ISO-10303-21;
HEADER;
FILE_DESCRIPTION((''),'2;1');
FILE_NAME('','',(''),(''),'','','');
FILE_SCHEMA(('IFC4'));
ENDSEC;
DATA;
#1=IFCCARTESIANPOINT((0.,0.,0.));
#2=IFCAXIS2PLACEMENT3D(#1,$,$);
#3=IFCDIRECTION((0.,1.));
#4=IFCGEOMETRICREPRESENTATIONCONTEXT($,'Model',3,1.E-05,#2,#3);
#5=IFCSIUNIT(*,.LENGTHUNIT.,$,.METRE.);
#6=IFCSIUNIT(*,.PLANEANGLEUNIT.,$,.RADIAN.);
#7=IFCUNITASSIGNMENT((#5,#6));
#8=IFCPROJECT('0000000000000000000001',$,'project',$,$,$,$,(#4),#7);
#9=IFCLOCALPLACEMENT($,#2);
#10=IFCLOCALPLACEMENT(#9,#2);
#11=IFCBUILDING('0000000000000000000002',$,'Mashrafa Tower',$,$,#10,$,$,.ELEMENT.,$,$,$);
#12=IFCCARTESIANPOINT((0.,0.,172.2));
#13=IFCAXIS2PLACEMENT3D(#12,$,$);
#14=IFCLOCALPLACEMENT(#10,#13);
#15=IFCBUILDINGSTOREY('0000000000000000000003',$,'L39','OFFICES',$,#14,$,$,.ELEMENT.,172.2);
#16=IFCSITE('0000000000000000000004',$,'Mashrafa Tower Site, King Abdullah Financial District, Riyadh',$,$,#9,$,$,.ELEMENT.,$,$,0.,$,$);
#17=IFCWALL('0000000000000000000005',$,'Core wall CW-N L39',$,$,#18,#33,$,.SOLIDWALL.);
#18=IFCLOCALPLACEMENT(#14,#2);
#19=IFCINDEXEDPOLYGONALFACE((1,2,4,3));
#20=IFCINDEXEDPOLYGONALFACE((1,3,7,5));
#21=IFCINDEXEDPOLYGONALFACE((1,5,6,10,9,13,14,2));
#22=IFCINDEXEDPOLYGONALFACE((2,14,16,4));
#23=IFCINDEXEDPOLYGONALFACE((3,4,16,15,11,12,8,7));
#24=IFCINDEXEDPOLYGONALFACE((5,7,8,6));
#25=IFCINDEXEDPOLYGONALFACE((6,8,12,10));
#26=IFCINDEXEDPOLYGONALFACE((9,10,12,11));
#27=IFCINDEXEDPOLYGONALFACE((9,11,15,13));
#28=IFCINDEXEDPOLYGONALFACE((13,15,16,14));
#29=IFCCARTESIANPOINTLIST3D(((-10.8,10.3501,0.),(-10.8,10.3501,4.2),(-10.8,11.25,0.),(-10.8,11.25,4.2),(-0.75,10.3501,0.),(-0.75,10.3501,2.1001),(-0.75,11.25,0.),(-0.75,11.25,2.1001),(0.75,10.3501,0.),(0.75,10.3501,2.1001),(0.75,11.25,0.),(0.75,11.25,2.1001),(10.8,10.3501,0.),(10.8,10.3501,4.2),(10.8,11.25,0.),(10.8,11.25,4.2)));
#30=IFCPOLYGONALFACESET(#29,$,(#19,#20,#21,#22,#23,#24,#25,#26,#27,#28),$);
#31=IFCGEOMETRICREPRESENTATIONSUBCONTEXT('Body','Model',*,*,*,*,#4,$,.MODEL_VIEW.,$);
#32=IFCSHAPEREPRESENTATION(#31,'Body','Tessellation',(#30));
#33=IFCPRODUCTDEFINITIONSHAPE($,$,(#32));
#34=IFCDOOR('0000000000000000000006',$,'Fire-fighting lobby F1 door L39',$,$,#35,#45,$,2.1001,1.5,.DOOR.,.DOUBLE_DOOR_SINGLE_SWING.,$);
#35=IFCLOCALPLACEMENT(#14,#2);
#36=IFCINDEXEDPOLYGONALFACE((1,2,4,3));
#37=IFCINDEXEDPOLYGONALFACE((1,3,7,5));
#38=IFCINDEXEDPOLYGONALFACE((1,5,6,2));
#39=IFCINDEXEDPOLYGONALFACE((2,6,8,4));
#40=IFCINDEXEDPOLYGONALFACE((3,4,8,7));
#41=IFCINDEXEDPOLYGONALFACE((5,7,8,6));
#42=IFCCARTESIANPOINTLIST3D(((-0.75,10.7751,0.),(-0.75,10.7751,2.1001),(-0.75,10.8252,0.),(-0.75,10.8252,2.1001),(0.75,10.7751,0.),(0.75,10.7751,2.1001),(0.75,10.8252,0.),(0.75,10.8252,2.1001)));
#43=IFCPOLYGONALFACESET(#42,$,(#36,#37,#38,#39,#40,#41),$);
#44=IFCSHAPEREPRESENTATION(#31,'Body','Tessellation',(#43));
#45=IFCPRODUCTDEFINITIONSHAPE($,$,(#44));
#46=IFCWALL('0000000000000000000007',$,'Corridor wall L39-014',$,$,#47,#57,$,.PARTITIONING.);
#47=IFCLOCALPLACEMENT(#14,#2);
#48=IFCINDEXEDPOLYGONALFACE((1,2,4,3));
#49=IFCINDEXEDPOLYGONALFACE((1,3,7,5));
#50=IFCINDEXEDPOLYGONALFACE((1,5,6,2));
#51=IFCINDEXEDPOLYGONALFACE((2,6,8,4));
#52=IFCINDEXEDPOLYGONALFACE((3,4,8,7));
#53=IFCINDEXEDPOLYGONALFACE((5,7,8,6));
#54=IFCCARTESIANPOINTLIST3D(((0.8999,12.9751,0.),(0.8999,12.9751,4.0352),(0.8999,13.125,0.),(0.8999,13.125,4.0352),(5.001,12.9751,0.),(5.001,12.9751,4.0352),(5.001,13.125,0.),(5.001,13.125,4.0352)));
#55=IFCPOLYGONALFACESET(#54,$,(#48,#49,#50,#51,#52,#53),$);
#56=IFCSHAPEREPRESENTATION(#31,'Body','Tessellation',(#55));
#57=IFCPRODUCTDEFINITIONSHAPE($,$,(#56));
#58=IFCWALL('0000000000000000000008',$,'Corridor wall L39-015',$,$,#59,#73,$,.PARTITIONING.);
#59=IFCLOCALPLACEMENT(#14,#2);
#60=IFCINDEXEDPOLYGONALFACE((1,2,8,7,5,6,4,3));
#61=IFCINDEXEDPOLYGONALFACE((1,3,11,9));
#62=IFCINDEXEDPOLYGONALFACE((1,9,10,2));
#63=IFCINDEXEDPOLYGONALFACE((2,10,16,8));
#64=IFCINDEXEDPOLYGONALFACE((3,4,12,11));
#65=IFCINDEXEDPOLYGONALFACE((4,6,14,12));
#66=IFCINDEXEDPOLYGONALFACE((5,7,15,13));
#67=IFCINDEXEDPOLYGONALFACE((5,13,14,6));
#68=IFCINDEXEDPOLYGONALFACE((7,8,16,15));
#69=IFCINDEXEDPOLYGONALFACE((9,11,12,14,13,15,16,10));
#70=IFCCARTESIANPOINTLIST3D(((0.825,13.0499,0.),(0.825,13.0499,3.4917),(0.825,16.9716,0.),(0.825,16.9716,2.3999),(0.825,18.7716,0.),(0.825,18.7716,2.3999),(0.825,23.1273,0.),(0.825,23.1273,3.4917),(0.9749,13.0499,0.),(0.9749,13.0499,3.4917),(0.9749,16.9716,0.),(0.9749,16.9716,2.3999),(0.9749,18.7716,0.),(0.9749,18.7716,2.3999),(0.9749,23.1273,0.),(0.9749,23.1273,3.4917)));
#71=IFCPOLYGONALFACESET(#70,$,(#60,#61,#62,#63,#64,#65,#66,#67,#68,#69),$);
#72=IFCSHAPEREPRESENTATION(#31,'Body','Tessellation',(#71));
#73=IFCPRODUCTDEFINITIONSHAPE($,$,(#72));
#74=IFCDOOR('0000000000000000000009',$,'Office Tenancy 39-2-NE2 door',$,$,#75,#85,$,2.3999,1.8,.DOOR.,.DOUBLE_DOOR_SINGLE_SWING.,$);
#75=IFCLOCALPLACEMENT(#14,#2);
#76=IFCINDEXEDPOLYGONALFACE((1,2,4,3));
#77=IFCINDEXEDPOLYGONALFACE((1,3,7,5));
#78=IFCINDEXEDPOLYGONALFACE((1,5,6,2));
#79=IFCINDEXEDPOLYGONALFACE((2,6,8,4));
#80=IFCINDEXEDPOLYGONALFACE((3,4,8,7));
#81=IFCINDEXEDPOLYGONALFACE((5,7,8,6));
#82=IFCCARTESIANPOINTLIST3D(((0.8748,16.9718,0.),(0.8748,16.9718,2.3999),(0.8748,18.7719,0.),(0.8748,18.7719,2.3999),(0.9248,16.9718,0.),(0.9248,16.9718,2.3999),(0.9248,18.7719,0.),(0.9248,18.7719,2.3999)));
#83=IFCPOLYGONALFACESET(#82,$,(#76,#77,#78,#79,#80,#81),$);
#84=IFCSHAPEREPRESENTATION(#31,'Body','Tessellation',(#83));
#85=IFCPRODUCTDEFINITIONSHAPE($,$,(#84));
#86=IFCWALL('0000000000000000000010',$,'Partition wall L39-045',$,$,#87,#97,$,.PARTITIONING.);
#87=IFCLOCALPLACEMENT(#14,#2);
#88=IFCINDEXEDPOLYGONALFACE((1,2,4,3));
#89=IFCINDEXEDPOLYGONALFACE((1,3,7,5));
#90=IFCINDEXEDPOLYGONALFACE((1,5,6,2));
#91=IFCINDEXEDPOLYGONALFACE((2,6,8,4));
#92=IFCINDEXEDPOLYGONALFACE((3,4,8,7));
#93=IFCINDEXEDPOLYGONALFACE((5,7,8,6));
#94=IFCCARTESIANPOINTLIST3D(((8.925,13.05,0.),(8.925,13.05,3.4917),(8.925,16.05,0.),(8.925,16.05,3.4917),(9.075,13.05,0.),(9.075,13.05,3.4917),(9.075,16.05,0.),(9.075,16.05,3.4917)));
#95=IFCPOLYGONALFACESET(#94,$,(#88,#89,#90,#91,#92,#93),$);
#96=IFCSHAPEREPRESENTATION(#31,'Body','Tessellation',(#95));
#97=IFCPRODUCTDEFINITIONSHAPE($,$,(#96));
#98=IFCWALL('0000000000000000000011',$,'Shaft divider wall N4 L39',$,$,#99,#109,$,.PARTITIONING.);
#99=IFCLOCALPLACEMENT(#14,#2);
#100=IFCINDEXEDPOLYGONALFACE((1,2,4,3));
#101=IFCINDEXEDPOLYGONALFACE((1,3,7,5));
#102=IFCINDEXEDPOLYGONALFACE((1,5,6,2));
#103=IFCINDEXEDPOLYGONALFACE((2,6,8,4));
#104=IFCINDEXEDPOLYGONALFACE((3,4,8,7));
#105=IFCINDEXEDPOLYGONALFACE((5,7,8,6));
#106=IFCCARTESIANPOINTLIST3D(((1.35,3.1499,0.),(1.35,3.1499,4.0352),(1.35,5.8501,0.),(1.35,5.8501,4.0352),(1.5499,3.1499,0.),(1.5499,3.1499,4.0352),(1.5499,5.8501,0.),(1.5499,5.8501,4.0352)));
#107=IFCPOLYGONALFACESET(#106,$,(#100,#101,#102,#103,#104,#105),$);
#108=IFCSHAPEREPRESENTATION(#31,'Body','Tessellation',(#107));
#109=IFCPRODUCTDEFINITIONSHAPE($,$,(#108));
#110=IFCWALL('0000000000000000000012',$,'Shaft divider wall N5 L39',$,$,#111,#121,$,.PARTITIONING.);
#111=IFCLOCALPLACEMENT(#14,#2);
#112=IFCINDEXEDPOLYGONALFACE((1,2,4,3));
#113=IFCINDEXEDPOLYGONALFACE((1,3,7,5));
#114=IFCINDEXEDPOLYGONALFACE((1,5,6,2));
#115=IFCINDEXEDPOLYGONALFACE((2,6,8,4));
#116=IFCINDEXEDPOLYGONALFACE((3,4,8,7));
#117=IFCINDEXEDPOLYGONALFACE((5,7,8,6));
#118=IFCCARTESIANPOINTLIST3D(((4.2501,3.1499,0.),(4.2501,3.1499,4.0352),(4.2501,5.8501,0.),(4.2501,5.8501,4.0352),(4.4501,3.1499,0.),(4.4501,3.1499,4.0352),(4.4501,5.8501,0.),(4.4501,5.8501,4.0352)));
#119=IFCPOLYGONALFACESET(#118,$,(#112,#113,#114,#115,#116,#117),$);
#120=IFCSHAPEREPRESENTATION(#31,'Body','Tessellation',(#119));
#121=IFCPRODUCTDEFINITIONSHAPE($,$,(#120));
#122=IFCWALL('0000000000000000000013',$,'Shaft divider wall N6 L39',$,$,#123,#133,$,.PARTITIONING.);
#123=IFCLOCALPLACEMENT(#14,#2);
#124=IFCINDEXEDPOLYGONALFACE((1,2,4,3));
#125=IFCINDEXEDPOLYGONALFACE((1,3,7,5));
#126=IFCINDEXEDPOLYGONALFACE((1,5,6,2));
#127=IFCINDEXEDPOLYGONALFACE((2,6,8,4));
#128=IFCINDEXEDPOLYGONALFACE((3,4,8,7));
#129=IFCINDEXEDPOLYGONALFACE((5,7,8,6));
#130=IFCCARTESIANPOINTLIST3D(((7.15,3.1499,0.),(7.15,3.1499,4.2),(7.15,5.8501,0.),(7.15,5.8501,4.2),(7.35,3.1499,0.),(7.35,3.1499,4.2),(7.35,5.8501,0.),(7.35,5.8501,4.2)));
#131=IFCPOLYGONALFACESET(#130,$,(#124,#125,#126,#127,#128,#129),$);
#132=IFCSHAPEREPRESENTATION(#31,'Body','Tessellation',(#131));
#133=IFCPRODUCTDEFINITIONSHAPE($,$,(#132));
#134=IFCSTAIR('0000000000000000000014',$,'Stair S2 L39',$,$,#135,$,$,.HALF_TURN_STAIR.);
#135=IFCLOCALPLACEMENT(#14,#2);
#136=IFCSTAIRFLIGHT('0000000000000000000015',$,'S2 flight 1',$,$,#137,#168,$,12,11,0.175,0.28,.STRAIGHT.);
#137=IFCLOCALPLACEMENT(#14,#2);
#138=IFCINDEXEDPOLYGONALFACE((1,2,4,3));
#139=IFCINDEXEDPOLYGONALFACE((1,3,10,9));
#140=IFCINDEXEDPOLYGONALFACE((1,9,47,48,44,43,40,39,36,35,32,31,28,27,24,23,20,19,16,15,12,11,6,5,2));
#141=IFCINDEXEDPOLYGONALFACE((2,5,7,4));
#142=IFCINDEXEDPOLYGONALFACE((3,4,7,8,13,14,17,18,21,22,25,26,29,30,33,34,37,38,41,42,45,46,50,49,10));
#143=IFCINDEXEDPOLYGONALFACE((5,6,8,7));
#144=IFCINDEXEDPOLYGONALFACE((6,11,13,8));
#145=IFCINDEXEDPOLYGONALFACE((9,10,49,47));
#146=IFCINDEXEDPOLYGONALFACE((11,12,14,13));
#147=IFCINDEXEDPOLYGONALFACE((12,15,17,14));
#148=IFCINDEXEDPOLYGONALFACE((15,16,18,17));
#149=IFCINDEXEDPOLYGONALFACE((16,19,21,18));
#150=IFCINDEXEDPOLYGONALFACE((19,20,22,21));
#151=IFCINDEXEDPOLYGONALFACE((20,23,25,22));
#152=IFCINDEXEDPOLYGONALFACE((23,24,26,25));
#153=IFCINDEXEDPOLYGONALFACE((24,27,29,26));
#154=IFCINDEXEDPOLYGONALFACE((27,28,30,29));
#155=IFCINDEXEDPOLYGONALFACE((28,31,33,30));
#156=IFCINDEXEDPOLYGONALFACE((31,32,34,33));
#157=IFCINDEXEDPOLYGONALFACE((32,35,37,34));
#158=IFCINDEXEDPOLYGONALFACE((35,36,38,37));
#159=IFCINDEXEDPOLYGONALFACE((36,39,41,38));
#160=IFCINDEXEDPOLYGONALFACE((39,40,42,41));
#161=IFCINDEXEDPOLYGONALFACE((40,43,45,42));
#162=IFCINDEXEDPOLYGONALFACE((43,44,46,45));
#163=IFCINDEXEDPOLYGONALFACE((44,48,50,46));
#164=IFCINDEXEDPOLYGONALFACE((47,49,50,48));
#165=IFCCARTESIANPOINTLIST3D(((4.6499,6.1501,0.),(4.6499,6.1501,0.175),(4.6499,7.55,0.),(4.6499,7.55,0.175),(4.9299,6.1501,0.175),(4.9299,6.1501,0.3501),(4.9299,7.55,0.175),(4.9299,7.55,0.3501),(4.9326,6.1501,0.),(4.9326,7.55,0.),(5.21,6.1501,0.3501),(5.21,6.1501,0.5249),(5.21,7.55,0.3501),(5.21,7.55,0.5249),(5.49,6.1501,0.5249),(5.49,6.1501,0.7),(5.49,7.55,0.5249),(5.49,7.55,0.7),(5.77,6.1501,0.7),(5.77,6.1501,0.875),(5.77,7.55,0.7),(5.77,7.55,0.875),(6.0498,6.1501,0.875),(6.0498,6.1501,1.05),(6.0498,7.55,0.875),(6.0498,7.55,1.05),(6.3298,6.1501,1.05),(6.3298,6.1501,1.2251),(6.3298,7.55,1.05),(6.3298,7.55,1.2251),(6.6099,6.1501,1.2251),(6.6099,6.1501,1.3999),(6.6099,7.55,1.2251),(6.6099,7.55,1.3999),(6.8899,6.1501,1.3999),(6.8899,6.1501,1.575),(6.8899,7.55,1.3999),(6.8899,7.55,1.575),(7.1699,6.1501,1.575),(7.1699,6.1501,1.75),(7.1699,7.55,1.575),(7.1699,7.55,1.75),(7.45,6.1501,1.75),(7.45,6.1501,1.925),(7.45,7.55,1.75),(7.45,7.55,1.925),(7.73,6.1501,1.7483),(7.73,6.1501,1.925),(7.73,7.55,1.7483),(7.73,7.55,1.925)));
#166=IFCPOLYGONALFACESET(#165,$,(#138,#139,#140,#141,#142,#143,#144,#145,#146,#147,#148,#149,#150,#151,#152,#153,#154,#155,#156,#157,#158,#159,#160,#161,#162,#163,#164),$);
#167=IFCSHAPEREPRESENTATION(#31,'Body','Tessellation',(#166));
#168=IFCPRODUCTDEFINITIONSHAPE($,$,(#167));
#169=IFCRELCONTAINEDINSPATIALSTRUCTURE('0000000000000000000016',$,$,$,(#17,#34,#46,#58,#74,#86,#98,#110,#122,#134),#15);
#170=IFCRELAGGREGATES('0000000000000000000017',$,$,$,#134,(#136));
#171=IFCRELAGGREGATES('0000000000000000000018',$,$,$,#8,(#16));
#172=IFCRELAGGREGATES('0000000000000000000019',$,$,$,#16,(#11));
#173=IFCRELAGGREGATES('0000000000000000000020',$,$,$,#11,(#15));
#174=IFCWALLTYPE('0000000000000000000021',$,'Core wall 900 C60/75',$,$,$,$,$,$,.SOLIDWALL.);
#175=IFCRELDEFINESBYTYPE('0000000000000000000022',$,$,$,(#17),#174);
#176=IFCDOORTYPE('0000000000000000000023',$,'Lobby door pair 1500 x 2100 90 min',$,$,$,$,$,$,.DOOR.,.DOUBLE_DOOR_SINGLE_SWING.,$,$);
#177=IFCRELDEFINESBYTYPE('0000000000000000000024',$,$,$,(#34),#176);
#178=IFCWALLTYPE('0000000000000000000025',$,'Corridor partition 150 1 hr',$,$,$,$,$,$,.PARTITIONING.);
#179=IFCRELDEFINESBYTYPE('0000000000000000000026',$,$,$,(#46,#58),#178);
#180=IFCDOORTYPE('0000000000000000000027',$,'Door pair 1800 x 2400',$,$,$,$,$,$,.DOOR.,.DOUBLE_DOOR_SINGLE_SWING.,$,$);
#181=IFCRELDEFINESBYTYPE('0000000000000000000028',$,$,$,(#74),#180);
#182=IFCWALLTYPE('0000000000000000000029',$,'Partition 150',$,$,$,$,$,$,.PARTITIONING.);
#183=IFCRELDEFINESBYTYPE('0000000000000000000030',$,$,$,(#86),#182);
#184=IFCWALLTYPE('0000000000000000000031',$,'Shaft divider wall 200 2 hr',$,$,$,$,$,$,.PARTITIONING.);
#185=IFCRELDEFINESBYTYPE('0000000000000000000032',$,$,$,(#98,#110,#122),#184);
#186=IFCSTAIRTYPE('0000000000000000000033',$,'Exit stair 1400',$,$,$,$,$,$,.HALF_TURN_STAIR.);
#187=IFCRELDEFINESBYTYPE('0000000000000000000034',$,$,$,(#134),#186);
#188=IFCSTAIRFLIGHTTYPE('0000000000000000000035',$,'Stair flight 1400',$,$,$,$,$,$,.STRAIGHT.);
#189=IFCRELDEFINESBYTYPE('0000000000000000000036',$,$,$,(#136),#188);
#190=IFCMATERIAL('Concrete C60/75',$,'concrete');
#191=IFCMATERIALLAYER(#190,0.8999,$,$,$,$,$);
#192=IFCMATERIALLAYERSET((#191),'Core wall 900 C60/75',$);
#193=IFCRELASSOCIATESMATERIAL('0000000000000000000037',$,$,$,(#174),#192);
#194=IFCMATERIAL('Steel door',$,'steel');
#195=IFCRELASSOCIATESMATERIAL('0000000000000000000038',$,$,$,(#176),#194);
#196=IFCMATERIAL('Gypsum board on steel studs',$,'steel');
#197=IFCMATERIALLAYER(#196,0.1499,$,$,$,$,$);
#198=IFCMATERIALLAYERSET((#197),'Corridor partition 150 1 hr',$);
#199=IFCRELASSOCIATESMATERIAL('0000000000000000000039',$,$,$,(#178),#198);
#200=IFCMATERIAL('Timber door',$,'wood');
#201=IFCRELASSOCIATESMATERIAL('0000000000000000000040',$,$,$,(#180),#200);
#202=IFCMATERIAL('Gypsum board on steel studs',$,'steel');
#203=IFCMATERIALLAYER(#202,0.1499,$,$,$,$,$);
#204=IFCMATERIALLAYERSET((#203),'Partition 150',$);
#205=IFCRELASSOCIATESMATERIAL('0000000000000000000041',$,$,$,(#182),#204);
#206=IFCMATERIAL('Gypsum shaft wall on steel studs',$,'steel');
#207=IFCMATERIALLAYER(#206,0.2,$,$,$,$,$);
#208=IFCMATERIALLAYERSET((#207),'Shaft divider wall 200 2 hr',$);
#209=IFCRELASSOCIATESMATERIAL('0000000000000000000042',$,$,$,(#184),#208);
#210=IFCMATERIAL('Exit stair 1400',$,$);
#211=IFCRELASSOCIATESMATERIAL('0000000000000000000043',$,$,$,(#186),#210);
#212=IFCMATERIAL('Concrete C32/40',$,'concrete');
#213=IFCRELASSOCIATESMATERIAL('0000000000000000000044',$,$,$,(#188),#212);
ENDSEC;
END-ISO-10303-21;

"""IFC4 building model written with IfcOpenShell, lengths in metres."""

from ifc_helpers import new_model, si_unit, direction, frame, frame_2d, origin, place, context, subcontext, project, spatial, polyline, rectangle, outline, extrude, material, layer, layer_set, type_object, element, fill, aggregate, save


model = new_model("IFC4")

# Units and contexts
model_context = context("Model", 3, precision=1e-05, world=origin(), true_north=direction((0.0, 1.0)))
body_context = subcontext(model_context, "Body", "Model", "MODEL_VIEW")
ifc_project = project(units=[si_unit("LENGTHUNIT", "METRE"), si_unit("PLANEANGLEUNIT", "RADIAN")], contexts=[model_context])

# Site, building, storey
site_placement = place(None, origin())
site = spatial("IfcSite", under=ifc_project, at=site_placement, Name="Mashrafa Tower Site, King Abdullah Financial District, Riyadh", CompositionType="ELEMENT", RefElevation=0.0)
building_placement = place(site_placement, origin())
building = spatial("IfcBuilding", under=site, at=building_placement, Name="Mashrafa Tower", CompositionType="ELEMENT")
storey_placement = place(building_placement, frame((0.0, 0.0, 172.2)))
storey = spatial("IfcBuildingStorey", under=building, at=storey_placement, Name="L39", Description="OFFICES", CompositionType="ELEMENT", Elevation=172.2)

# Wall, opening, door
ifc_material_1 = material(Name="Concrete C60/75", Category="concrete")
ifc_layer_1 = layer(ifc_material_1, 0.8999)
ifc_layer_set_1 = layer_set([ifc_layer_1], Name="Core wall 900 C60/75")
wall_type_1 = type_object("IfcWallType", Name="Core wall 900 C60/75", PredefinedType="SOLIDWALL", material=ifc_layer_set_1)
wall_1_placement = place(storey_placement, frame((10.8, 10.8, 0.0), z_axis=(0.0, 0.0, 1.0), x_axis=(-1.0, 0.0, 0.0)))
wall_1 = element("IfcWall", 1, at=wall_1_placement, inside=storey, type_object=wall_type_1, Name="Core wall CW-N L39", PredefinedType="SOLIDWALL", context=body_context, shape_type="SweptSolid", body=[
    extrude(rectangle(XDim=21.6001, YDim=0.8999, at=frame_2d((10.8, 0.0))), origin(), (0.0, 0.0, 1.0), 4.2),
])
opening_1_placement = place(wall_1_placement, frame((10.05, 0.0, 0.0)))
opening_1 = element("IfcOpeningElement", 2, at=opening_1_placement, cuts=wall_1, PredefinedType="OPENING", context=body_context, shape_type="SweptSolid", body=[
    extrude(rectangle(XDim=1.5, YDim=2.1001, at=frame_2d((0.75, 1.05))), frame((0.0, 0.46, 0.0), z_axis=(0.0, -1.0, 0.0), x_axis=(1.0, 0.0, 0.0)), (0.0, 0.0, 1.0), 0.9199),
])
ifc_material_2 = material(Name="Steel door", Category="steel")
door_type_1 = type_object("IfcDoorType", Name="Lobby door pair 1500 x 2100 90 min", OperationType="DOUBLE_DOOR_SINGLE_SWING", PredefinedType="DOOR", material=ifc_material_2)
door_1_placement = place(opening_1_placement, origin())
door_1 = element("IfcDoor", 3, at=door_1_placement, inside=storey, type_object=door_type_1, Name="Fire-fighting lobby F1 door L39", OperationType="DOUBLE_DOOR_SINGLE_SWING", OverallHeight=2.1001, OverallWidth=1.5, PredefinedType="DOOR", context=body_context, shape_type="SweptSolid", body=[
    extrude(rectangle(XDim=1.5, YDim=2.1001, at=frame_2d((0.75, 1.05))), frame((0.0, 0.0249, 0.0), z_axis=(0.0, -1.0, 0.0), x_axis=(1.0, 0.0, 0.0)), (0.0, 0.0, 1.0), 0.05),
])
fill(opening_1, door_1)

# Wall
ifc_material_3 = material(Name="Gypsum board on steel studs", Category="steel")
ifc_layer_2 = layer(ifc_material_3, 0.1499)
ifc_layer_set_2 = layer_set([ifc_layer_2], Name="Corridor partition 150 1 hr")
wall_type_2 = type_object("IfcWallType", Name="Corridor partition 150 1 hr", PredefinedType="PARTITIONING", material=ifc_layer_set_2)
wall_2_placement = place(storey_placement, frame((5.001, 13.05, 0.0), z_axis=(0.0, 0.0, 1.0), x_axis=(-1.0, 0.0, 0.0)))
element("IfcWall", 4, at=wall_2_placement, inside=storey, type_object=wall_type_2, Name="Corridor wall L39-014", PredefinedType="PARTITIONING", context=body_context, shape_type="SweptSolid", body=[
    extrude(rectangle(XDim=4.1011, YDim=0.1499, at=frame_2d((2.0505, 0.0))), origin(), (0.0, 0.0, 1.0), 4.0352),
])

# Wall, opening, door
wall_3_placement = place(storey_placement, frame((0.8999, 13.05, 0.0), z_axis=(0.0, 0.0, 1.0), x_axis=(0.0, 1.0, 0.0)))
wall_3 = element("IfcWall", 5, at=wall_3_placement, inside=storey, type_object=wall_type_2, Name="Corridor wall L39-015", PredefinedType="PARTITIONING", context=body_context, shape_type="SweptSolid", body=[
    extrude(rectangle(XDim=10.0774, YDim=0.1499, at=frame_2d((5.0386, 0.0))), origin(), (0.0, 0.0, 1.0), 3.4917),
])
opening_2_placement = place(wall_3_placement, frame((3.9216, 0.0, 0.0)))
opening_2 = element("IfcOpeningElement", 6, at=opening_2_placement, cuts=wall_3, PredefinedType="OPENING", context=body_context, shape_type="SweptSolid", body=[
    extrude(rectangle(XDim=1.8, YDim=2.3999, at=frame_2d((0.8999, 1.2))), frame((0.0, 0.085, 0.0), z_axis=(0.0, -1.0, 0.0), x_axis=(1.0, 0.0, 0.0)), (0.0, 0.0, 1.0), 0.1699),
])
ifc_material_4 = material(Name="Timber door", Category="wood")
door_type_2 = type_object("IfcDoorType", Name="Door pair 1800 x 2400", OperationType="DOUBLE_DOOR_SINGLE_SWING", PredefinedType="DOOR", material=ifc_material_4)
door_2_placement = place(opening_2_placement, frame((1.8, 0.0, 0.0), z_axis=(0.0, 0.0, 1.0), x_axis=(-1.0, 0.0, 0.0)))
door_2 = element("IfcDoor", 7, at=door_2_placement, inside=storey, type_object=door_type_2, Name="Office Tenancy 39-2-NE2 door", OperationType="DOUBLE_DOOR_SINGLE_SWING", OverallHeight=2.3999, OverallWidth=1.8, PredefinedType="DOOR", context=body_context, shape_type="SweptSolid", body=[
    extrude(rectangle(XDim=1.8, YDim=2.3999, at=frame_2d((0.8999, 1.2))), frame((0.0, 0.0249, 0.0), z_axis=(0.0, -1.0, 0.0), x_axis=(1.0, 0.0, 0.0)), (0.0, 0.0, 1.0), 0.05),
])
fill(opening_2, door_2)

# Walls
ifc_material_5 = material(Name="Gypsum board on steel studs", Category="steel")
ifc_layer_3 = layer(ifc_material_5, 0.1499)
ifc_layer_set_3 = layer_set([ifc_layer_3], Name="Partition 150")
wall_type_3 = type_object("IfcWallType", Name="Partition 150", PredefinedType="PARTITIONING", material=ifc_layer_set_3)
wall_4_placement = place(storey_placement, frame((9.0, 13.05, 0.0), z_axis=(0.0, 0.0, 1.0), x_axis=(0.0, 1.0, 0.0)))
element("IfcWall", 8, at=wall_4_placement, inside=storey, type_object=wall_type_3, Name="Partition wall L39-045", PredefinedType="PARTITIONING", context=body_context, shape_type="SweptSolid", body=[
    extrude(rectangle(XDim=3.0, YDim=0.1499, at=frame_2d((1.5, 0.0))), origin(), (0.0, 0.0, 1.0), 3.4917),
])
ifc_material_6 = material(Name="Gypsum shaft wall on steel studs", Category="steel")
ifc_layer_4 = layer(ifc_material_6, 0.2)
ifc_layer_set_4 = layer_set([ifc_layer_4], Name="Shaft divider wall 200 2 hr")
wall_type_4 = type_object("IfcWallType", Name="Shaft divider wall 200 2 hr", PredefinedType="PARTITIONING", material=ifc_layer_set_4)
for number, where, z_axis, x_axis, name in (
    (9, (1.45, 3.1499, 0.0), (0.0, 0.0, 1.0), (0.0, 1.0, 0.0), "Shaft divider wall N4 L39"),
    (10, (4.3501, 3.1499, 0.0), (0.0, 0.0, 1.0), (0.0, 1.0, 0.0), "Shaft divider wall N5 L39"),
):
    element("IfcWall", number, at=place(storey_placement, frame(where, z_axis=z_axis, x_axis=x_axis)), inside=storey, type_object=wall_type_4, Name=name, PredefinedType="PARTITIONING", context=body_context, shape_type="SweptSolid", body=[
        extrude(rectangle(XDim=2.7002, YDim=0.2, at=frame_2d((1.3501, 0.0))), origin(), (0.0, 0.0, 1.0), 4.0352),
    ])
wall_5_placement = place(storey_placement, frame((7.25, 3.1499, 0.0), z_axis=(0.0, 0.0, 1.0), x_axis=(0.0, 1.0, 0.0)))
element("IfcWall", 11, at=wall_5_placement, inside=storey, type_object=wall_type_4, Name="Shaft divider wall N6 L39", PredefinedType="PARTITIONING", context=body_context, shape_type="SweptSolid", body=[
    extrude(rectangle(XDim=2.7002, YDim=0.2, at=frame_2d((1.3501, 0.0))), origin(), (0.0, 0.0, 1.0), 4.2),
])

# Stair, stair flight
ifc_material_7 = material(Name="Exit stair 1400")
stair_type = type_object("IfcStairType", Name="Exit stair 1400", PredefinedType="HALF_TURN_STAIR", material=ifc_material_7)
stair_placement = place(storey_placement, origin())
stair = element("IfcStair", 12, at=stair_placement, inside=storey, type_object=stair_type, Name="Stair S2 L39", PredefinedType="HALF_TURN_STAIR")
ifc_material_8 = material(Name="Concrete C32/40", Category="concrete")
stair_flight_type = type_object("IfcStairFlightType", Name="Stair flight 1400", PredefinedType="STRAIGHT", material=ifc_material_8)
stair_flight_1_placement = place(storey_placement, frame((4.6499, 6.8501, 0.0), z_axis=(0.0, 0.0, 1.0), x_axis=(1.0, 0.0, 0.0)))
stair_flight_1 = element("IfcStairFlight", 13, at=stair_flight_1_placement, type_object=stair_flight_type, Name="S2 flight 1", NumberOfRisers=12, NumberOfTreads=11, PredefinedType="STRAIGHT", RiserHeight=0.175, TreadLength=0.28, context=body_context, shape_type="SweptSolid", body=[
    extrude(outline(polyline([(0.0, 0.0), (0.0, 0.175), (0.28, 0.175), (0.28, 0.3501), (0.5601, 0.3501), (0.5601, 0.5249), (0.8401, 0.5249), (0.8401, 0.7), (1.1201, 0.7), (1.1201, 0.875), (1.3999, 0.875), (1.3999, 1.05), (1.6799, 1.05), (1.6799, 1.2251), (1.96, 1.2251), (1.96, 1.3999), (2.24, 1.3999), (2.24, 1.575), (2.52, 1.575), (2.52, 1.75), (2.8, 1.75), (2.8, 1.925), (3.0801, 1.925), (3.0801, 2.1001), (3.0801, 1.7483), (0.2827, 0.0), (0.0, 0.0)])), frame((0.0, 0.7, 0.0), z_axis=(0.0, -1.0, 0.0), x_axis=(1.0, 0.0, 0.0)), (0.0, 0.0, 1.0), 1.3999),
])
aggregate(stair, [stair_flight_1])

save(model, "model.ifc")
